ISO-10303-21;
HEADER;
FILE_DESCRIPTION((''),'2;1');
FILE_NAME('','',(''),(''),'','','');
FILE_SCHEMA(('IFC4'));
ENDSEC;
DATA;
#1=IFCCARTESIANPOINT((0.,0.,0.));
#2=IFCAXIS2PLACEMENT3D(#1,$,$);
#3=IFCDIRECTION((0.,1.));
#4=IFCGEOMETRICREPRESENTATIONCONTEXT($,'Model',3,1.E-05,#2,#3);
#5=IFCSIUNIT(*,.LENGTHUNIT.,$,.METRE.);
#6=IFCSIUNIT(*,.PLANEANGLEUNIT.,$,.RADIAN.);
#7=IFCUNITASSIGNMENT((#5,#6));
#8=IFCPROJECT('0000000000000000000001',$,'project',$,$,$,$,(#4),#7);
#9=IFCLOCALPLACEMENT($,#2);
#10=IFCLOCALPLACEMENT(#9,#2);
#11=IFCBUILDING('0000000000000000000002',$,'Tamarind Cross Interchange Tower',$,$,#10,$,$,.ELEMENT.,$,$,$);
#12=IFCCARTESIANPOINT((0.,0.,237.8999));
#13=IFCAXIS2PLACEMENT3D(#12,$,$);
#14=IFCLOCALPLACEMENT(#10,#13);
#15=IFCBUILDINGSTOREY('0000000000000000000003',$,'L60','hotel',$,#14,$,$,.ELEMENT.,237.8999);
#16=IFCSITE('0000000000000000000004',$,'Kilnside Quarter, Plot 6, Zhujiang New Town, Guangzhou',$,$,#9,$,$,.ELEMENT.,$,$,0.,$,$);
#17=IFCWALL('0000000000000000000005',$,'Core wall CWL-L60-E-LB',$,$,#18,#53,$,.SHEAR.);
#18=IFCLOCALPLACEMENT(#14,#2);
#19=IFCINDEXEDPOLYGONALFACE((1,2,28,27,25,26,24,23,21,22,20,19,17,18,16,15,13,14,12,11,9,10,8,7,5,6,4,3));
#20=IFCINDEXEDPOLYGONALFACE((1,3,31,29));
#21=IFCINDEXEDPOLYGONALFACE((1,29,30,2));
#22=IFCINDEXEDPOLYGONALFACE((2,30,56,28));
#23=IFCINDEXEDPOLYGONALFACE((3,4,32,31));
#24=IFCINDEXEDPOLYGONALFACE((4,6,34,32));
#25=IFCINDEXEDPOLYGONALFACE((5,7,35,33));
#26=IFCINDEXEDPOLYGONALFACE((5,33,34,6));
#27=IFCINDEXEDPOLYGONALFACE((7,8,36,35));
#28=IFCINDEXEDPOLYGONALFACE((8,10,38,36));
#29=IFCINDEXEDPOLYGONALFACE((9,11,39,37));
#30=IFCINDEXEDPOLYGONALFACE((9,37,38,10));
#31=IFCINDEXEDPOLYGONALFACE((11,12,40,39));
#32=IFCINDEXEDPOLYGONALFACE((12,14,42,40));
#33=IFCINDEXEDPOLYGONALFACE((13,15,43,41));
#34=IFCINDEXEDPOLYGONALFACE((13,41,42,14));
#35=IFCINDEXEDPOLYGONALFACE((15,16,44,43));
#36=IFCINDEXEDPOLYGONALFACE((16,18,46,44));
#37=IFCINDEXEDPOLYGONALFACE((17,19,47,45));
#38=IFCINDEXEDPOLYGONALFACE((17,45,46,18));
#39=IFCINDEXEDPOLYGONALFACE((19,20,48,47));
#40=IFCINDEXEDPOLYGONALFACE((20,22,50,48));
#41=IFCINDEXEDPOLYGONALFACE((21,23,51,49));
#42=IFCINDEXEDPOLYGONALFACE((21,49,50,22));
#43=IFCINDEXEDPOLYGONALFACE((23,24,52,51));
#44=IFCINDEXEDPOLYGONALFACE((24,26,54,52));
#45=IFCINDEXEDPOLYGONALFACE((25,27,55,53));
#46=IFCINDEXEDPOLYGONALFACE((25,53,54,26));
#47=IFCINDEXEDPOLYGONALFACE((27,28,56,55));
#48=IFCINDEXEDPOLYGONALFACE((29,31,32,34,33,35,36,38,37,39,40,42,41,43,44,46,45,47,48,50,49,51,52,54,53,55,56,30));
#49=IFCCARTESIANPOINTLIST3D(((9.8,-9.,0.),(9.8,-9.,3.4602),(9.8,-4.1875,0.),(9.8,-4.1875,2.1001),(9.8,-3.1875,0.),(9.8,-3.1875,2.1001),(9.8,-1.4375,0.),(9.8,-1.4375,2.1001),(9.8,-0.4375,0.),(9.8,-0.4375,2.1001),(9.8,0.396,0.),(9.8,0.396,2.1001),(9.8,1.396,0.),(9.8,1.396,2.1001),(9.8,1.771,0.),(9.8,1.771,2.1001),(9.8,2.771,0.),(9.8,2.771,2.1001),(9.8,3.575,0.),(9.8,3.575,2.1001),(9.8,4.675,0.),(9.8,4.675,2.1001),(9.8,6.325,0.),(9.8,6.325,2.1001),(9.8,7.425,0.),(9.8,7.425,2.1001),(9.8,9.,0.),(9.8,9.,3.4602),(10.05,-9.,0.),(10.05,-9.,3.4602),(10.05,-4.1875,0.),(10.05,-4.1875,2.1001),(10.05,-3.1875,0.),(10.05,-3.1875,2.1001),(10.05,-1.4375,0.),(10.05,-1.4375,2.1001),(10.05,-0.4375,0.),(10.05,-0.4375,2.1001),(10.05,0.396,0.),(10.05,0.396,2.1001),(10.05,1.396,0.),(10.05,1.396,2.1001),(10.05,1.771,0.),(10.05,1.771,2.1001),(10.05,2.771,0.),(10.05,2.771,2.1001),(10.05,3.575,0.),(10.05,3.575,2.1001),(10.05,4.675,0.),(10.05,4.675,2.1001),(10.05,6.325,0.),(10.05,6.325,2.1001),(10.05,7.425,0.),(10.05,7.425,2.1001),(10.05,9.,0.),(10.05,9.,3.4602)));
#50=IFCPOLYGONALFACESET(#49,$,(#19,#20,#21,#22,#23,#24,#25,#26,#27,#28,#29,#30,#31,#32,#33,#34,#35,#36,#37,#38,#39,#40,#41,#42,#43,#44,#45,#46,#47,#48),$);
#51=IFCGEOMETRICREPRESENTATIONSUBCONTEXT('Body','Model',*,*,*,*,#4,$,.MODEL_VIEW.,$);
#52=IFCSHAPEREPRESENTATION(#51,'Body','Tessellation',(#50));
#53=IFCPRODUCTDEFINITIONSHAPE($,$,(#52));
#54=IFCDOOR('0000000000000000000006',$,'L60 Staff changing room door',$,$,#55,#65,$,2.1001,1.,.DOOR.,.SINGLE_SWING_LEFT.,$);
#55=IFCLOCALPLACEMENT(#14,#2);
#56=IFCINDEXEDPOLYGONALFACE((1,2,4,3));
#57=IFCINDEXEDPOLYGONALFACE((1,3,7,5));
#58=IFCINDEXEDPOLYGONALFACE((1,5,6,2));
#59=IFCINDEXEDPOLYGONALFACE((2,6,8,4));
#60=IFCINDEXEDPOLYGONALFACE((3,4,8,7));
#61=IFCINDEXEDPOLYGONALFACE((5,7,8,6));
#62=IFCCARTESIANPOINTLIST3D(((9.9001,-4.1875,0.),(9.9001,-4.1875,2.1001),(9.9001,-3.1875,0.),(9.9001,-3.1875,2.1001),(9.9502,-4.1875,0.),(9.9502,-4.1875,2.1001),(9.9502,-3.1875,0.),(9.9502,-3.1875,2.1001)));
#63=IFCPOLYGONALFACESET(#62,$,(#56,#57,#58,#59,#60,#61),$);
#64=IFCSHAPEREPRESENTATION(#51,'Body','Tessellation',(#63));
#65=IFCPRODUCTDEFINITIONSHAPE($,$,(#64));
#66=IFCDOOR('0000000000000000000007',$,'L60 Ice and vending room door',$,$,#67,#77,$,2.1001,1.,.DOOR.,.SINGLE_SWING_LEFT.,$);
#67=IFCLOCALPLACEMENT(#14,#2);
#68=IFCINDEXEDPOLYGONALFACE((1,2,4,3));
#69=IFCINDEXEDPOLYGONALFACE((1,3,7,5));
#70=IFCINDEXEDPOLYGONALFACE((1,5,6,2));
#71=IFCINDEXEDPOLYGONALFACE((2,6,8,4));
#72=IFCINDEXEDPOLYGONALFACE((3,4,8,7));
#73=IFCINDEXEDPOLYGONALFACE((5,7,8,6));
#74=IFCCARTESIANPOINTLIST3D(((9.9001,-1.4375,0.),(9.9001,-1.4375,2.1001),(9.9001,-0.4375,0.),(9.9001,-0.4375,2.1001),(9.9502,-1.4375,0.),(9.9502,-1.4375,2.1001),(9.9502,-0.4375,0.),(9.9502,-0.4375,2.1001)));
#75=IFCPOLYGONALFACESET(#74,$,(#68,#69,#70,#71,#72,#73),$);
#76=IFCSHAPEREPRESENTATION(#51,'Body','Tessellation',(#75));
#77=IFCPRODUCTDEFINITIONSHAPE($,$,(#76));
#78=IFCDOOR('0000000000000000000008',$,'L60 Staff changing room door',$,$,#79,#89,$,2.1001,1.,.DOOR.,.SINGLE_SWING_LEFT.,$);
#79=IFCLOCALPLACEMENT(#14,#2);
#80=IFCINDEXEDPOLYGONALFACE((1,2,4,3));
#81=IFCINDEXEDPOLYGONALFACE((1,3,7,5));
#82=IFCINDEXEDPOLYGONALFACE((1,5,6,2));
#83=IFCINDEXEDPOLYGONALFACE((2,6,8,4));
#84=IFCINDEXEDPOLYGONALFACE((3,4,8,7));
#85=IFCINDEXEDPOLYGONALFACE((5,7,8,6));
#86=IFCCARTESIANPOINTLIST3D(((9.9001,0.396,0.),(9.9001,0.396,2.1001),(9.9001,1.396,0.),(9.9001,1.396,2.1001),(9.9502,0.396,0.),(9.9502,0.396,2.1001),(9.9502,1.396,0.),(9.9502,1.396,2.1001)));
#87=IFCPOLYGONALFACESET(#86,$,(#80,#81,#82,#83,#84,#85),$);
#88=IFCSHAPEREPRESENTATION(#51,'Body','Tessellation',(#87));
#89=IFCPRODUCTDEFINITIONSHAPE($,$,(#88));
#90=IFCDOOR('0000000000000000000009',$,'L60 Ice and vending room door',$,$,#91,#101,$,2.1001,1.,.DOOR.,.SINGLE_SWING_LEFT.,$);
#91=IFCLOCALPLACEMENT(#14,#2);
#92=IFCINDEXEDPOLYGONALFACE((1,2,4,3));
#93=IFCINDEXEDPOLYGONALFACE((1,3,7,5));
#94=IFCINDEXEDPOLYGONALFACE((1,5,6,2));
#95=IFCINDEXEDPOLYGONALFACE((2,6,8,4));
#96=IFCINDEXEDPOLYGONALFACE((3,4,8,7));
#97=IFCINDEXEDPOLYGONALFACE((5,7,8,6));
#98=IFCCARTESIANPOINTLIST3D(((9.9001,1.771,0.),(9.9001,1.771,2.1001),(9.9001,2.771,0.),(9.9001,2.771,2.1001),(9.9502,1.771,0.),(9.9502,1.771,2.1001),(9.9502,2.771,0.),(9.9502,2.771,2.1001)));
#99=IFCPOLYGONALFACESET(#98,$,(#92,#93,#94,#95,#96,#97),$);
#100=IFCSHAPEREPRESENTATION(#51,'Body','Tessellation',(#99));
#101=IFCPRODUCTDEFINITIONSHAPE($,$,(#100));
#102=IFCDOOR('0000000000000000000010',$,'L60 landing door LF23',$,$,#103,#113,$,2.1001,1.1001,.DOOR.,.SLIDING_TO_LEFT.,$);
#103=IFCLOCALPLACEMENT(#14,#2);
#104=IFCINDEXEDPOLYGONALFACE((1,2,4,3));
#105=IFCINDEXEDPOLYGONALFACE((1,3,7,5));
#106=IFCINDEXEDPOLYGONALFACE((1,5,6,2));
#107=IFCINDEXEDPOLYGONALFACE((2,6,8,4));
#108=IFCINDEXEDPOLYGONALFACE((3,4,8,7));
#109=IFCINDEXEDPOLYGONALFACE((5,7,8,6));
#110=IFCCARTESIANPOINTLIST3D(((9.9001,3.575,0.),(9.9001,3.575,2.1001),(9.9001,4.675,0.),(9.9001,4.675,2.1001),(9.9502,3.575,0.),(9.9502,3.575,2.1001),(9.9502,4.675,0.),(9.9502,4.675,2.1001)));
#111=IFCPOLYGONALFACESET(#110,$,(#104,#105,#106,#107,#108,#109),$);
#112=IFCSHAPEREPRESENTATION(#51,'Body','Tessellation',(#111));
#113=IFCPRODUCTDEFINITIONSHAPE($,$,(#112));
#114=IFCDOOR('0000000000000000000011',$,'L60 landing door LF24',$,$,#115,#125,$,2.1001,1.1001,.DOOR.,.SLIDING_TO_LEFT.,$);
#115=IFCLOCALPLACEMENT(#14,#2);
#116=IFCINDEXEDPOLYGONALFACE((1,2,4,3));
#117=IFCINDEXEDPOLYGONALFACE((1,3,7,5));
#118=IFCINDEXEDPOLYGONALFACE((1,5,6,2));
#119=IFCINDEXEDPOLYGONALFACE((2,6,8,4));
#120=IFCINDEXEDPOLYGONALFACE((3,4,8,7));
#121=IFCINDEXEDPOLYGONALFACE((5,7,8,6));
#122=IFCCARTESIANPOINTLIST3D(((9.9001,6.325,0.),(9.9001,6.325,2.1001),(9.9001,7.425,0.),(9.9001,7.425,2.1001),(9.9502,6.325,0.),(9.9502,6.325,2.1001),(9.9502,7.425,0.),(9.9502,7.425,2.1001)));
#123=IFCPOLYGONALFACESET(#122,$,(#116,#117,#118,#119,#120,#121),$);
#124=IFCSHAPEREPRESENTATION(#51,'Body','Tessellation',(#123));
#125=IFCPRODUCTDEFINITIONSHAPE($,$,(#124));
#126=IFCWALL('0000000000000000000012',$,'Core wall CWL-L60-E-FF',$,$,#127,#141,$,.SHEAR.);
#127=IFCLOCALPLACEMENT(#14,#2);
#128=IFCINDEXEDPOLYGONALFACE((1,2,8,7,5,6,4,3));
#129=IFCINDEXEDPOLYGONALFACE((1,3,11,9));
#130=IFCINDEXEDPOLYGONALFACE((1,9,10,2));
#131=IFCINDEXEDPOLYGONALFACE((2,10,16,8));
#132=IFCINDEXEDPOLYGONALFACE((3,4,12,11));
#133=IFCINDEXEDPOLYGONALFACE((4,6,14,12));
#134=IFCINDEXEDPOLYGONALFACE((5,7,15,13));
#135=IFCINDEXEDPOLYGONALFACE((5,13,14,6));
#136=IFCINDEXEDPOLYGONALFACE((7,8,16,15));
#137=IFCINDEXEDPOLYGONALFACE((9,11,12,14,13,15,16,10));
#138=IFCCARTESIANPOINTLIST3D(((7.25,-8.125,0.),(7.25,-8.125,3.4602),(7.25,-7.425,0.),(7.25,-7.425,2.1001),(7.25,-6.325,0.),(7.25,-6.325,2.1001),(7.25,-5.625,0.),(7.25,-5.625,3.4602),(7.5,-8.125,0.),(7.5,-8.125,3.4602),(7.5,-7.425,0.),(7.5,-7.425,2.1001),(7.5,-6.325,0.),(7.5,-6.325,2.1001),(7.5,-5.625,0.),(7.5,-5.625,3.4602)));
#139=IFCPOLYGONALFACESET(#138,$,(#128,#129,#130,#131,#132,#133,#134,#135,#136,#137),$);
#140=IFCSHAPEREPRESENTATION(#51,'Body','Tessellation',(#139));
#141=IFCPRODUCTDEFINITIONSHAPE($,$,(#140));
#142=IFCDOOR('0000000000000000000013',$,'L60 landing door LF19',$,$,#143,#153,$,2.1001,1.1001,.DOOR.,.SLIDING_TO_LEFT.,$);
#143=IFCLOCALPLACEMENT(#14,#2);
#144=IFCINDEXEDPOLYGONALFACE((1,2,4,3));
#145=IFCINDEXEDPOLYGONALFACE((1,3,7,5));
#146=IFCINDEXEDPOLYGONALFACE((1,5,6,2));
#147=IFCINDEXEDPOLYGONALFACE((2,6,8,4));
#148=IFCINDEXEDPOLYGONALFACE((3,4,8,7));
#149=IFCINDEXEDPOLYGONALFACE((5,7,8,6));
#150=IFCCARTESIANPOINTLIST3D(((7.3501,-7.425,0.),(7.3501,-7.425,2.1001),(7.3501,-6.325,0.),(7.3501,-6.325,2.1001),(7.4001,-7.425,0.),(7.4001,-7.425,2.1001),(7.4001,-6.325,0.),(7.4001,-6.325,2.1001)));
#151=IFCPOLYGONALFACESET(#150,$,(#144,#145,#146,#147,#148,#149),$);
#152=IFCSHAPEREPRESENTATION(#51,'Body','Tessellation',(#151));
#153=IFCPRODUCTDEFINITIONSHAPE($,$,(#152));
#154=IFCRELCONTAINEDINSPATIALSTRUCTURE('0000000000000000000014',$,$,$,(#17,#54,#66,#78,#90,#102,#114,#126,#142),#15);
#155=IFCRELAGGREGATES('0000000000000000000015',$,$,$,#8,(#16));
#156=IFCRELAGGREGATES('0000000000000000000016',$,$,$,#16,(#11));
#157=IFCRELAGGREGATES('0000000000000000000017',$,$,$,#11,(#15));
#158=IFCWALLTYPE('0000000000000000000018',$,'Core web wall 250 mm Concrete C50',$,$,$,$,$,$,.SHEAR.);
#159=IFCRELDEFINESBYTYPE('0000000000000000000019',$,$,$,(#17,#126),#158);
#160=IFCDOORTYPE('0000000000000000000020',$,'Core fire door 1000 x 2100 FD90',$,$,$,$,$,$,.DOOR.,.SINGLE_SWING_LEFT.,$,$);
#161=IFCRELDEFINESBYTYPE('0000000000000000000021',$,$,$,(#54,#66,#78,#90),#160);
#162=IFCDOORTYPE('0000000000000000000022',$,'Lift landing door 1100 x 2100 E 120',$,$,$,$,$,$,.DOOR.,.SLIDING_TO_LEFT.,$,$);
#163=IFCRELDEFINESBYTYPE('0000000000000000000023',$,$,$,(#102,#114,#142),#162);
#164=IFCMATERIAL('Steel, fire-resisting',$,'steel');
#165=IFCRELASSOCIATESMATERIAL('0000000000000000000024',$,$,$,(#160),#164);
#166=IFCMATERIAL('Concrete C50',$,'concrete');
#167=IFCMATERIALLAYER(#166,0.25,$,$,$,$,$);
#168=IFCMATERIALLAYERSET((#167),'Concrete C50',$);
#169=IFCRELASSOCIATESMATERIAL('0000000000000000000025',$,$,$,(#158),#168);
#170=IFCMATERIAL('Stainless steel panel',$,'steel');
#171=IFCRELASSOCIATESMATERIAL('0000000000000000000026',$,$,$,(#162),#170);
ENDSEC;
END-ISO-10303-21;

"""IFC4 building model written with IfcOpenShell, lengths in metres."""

from ifc_helpers import new_model, si_unit, direction, frame, frame_2d, origin, place, context, subcontext, project, spatial, rectangle, extrude, material, layer, layer_set, type_object, element, fill, save


model = new_model("IFC4")

# Units and contexts
model_context = context("Model", 3, precision=1e-05, world=origin(), true_north=direction((0.0, 1.0)))
body_context = subcontext(model_context, "Body", "Model", "MODEL_VIEW")
ifc_project = project(units=[si_unit("LENGTHUNIT", "METRE"), si_unit("PLANEANGLEUNIT", "RADIAN")], contexts=[model_context])

# Site, building, storey
site_placement = place(None, origin())
site = spatial("IfcSite", under=ifc_project, at=site_placement, Name="Kilnside Quarter, Plot 6, Zhujiang New Town, Guangzhou", CompositionType="ELEMENT", RefElevation=0.0)
building_placement = place(site_placement, origin())
building = spatial("IfcBuilding", under=site, at=building_placement, Name="Tamarind Cross Interchange Tower", CompositionType="ELEMENT")
storey_placement = place(building_placement, frame((0.0, 0.0, 237.8999)))
storey = spatial("IfcBuildingStorey", under=building, at=storey_placement, Name="L60", Description="hotel", CompositionType="ELEMENT", Elevation=237.8999)

# Shared definitions
ifc_material_1 = material(Name="Concrete C50", Category="concrete")
ifc_material_2 = material(Name="Steel, fire-resisting", Category="steel")
door_type_1 = type_object("IfcDoorType", Name="Core fire door 1000 x 2100 FD90", OperationType="SINGLE_SWING_LEFT", PredefinedType="DOOR", material=ifc_material_2)

# Shared definitions
ifc_layer_1 = layer(ifc_material_1, 0.25)
ifc_layer_set_1 = layer_set([ifc_layer_1], Name="Concrete C50")
wall_type_1 = type_object("IfcWallType", Name="Core web wall 250 mm Concrete C50", PredefinedType="SHEAR", material=ifc_layer_set_1)

# Wall, openings, doors
wall_1_placement = place(storey_placement, frame((9.925, -9.0, 0.0), z_axis=(0.0, 0.0, 1.0), x_axis=(0.0, 1.0, 0.0)))
wall_1 = element("IfcWall", 1, at=wall_1_placement, inside=storey, type_object=wall_type_1, Name="Core wall CWL-L60-E-LB", PredefinedType="SHEAR", context=body_context, shape_type="SweptSolid", body=[
    extrude(rectangle(XDim=18.0, YDim=0.25, at=frame_2d((9.0, 0.0))), origin(), (0.0, 0.0, 1.0), 3.4602),
])
opening_1_placement = place(wall_1_placement, frame((12.575, 0.0, 0.0)))
opening_1 = element("IfcOpeningElement", 2, at=opening_1_placement, cuts=wall_1, PredefinedType="OPENING", context=body_context, shape_type="SweptSolid", body=[
    extrude(rectangle(XDim=1.1001, YDim=2.1001, at=frame_2d((0.55, 1.05))), frame((0.0, 0.135, 0.0), z_axis=(0.0, -1.0, 0.0), x_axis=(1.0, 0.0, 0.0)), (0.0, 0.0, 1.0), 0.27),
])
opening_2_placement = place(wall_1_placement, frame((15.325, 0.0, 0.0)))
opening_2 = element("IfcOpeningElement", 3, at=opening_2_placement, cuts=wall_1, PredefinedType="OPENING", context=body_context, shape_type="SweptSolid", body=[
    extrude(rectangle(XDim=1.1001, YDim=2.1001, at=frame_2d((0.55, 1.05))), frame((0.0, 0.135, 0.0), z_axis=(0.0, -1.0, 0.0), x_axis=(1.0, 0.0, 0.0)), (0.0, 0.0, 1.0), 0.27),
])
opening_3_placement = place(wall_1_placement, frame((4.8125, 0.0, 0.0)))
opening_3 = element("IfcOpeningElement", 4, at=opening_3_placement, cuts=wall_1, PredefinedType="OPENING", context=body_context, shape_type="SweptSolid", body=[
    extrude(rectangle(XDim=1.0, YDim=2.1001, at=frame_2d((0.5, 1.05))), frame((0.0, 0.135, 0.0), z_axis=(0.0, -1.0, 0.0), x_axis=(1.0, 0.0, 0.0)), (0.0, 0.0, 1.0), 0.27),
])
opening_4_placement = place(wall_1_placement, frame((7.5625, 0.0, 0.0)))
opening_4 = element("IfcOpeningElement", 5, at=opening_4_placement, cuts=wall_1, PredefinedType="OPENING", context=body_context, shape_type="SweptSolid", body=[
    extrude(rectangle(XDim=1.0, YDim=2.1001, at=frame_2d((0.5, 1.05))), frame((0.0, 0.135, 0.0), z_axis=(0.0, -1.0, 0.0), x_axis=(1.0, 0.0, 0.0)), (0.0, 0.0, 1.0), 0.27),
])
opening_5_placement = place(wall_1_placement, frame((9.396, 0.0, 0.0)))
opening_5 = element("IfcOpeningElement", 6, at=opening_5_placement, cuts=wall_1, PredefinedType="OPENING", context=body_context, shape_type="SweptSolid", body=[
    extrude(rectangle(XDim=1.0, YDim=2.1001, at=frame_2d((0.5, 1.05))), frame((0.0, 0.135, 0.0), z_axis=(0.0, -1.0, 0.0), x_axis=(1.0, 0.0, 0.0)), (0.0, 0.0, 1.0), 0.27),
])
opening_6_placement = place(wall_1_placement, frame((10.771, 0.0, 0.0)))
opening_6 = element("IfcOpeningElement", 7, at=opening_6_placement, cuts=wall_1, PredefinedType="OPENING", context=body_context, shape_type="SweptSolid", body=[
    extrude(rectangle(XDim=1.0, YDim=2.1001, at=frame_2d((0.5, 1.05))), frame((0.0, 0.135, 0.0), z_axis=(0.0, -1.0, 0.0), x_axis=(1.0, 0.0, 0.0)), (0.0, 0.0, 1.0), 0.27),
])
door_1_placement = place(opening_3_placement, origin())
door_1 = element("IfcDoor", 8, at=door_1_placement, inside=storey, type_object=door_type_1, Name="L60 Staff changing room door", OperationType="SINGLE_SWING_LEFT", OverallHeight=2.1001, OverallWidth=1.0, PredefinedType="DOOR", context=body_context, shape_type="SweptSolid", body=[
    extrude(rectangle(XDim=1.0, YDim=2.1001, at=frame_2d((0.5, 1.05))), frame((0.0, 0.0249, 0.0), z_axis=(0.0, -1.0, 0.0), x_axis=(1.0, 0.0, 0.0)), (0.0, 0.0, 1.0), 0.05),
])
fill(opening_3, door_1)
door_2_placement = place(opening_4_placement, origin())
door_2 = element("IfcDoor", 9, at=door_2_placement, inside=storey, type_object=door_type_1, Name="L60 Ice and vending room door", OperationType="SINGLE_SWING_LEFT", OverallHeight=2.1001, OverallWidth=1.0, PredefinedType="DOOR", context=body_context, shape_type="SweptSolid", body=[
    extrude(rectangle(XDim=1.0, YDim=2.1001, at=frame_2d((0.5, 1.05))), frame((0.0, 0.0249, 0.0), z_axis=(0.0, -1.0, 0.0), x_axis=(1.0, 0.0, 0.0)), (0.0, 0.0, 1.0), 0.05),
])
fill(opening_4, door_2)
door_3_placement = place(opening_5_placement, origin())
door_3 = element("IfcDoor", 10, at=door_3_placement, inside=storey, type_object=door_type_1, Name="L60 Staff changing room door", OperationType="SINGLE_SWING_LEFT", OverallHeight=2.1001, OverallWidth=1.0, PredefinedType="DOOR", context=body_context, shape_type="SweptSolid", body=[
    extrude(rectangle(XDim=1.0, YDim=2.1001, at=frame_2d((0.5, 1.05))), frame((0.0, 0.0249, 0.0), z_axis=(0.0, -1.0, 0.0), x_axis=(1.0, 0.0, 0.0)), (0.0, 0.0, 1.0), 0.05),
])
fill(opening_5, door_3)
door_4_placement = place(opening_6_placement, origin())
door_4 = element("IfcDoor", 11, at=door_4_placement, inside=storey, type_object=door_type_1, Name="L60 Ice and vending room door", OperationType="SINGLE_SWING_LEFT", OverallHeight=2.1001, OverallWidth=1.0, PredefinedType="DOOR", context=body_context, shape_type="SweptSolid", body=[
    extrude(rectangle(XDim=1.0, YDim=2.1001, at=frame_2d((0.5, 1.05))), frame((0.0, 0.0249, 0.0), z_axis=(0.0, -1.0, 0.0), x_axis=(1.0, 0.0, 0.0)), (0.0, 0.0, 1.0), 0.05),
])
fill(opening_6, door_4)
ifc_material_3 = material(Name="Stainless steel panel", Category="steel")
door_type_2 = type_object("IfcDoorType", Name="Lift landing door 1100 x 2100 E 120", OperationType="SLIDING_TO_LEFT", PredefinedType="DOOR", material=ifc_material_3)
door_5_placement = place(opening_1_placement, origin())
door_5 = element("IfcDoor", 12, at=door_5_placement, inside=storey, type_object=door_type_2, Name="L60 landing door LF23", OperationType="SLIDING_TO_LEFT", OverallHeight=2.1001, OverallWidth=1.1001, PredefinedType="DOOR", context=body_context, shape_type="SweptSolid", body=[
    extrude(rectangle(XDim=1.1001, YDim=2.1001, at=frame_2d((0.55, 1.05))), frame((0.0, 0.0249, 0.0), z_axis=(0.0, -1.0, 0.0), x_axis=(1.0, 0.0, 0.0)), (0.0, 0.0, 1.0), 0.05),
])
fill(opening_1, door_5)
door_6_placement = place(opening_2_placement, origin())
door_6 = element("IfcDoor", 13, at=door_6_placement, inside=storey, type_object=door_type_2, Name="L60 landing door LF24", OperationType="SLIDING_TO_LEFT", OverallHeight=2.1001, OverallWidth=1.1001, PredefinedType="DOOR", context=body_context, shape_type="SweptSolid", body=[
    extrude(rectangle(XDim=1.1001, YDim=2.1001, at=frame_2d((0.55, 1.05))), frame((0.0, 0.0249, 0.0), z_axis=(0.0, -1.0, 0.0), x_axis=(1.0, 0.0, 0.0)), (0.0, 0.0, 1.0), 0.05),
])
fill(opening_2, door_6)

# Wall, opening, door
wall_2_placement = place(storey_placement, frame((7.375, -8.125, 0.0), z_axis=(0.0, 0.0, 1.0), x_axis=(0.0, 1.0, 0.0)))
wall_2 = element("IfcWall", 14, at=wall_2_placement, inside=storey, type_object=wall_type_1, Name="Core wall CWL-L60-E-FF", PredefinedType="SHEAR", context=body_context, shape_type="SweptSolid", body=[
    extrude(rectangle(XDim=2.5, YDim=0.25, at=frame_2d((1.25, 0.0))), origin(), (0.0, 0.0, 1.0), 3.4602),
])
opening_7_placement = place(wall_2_placement, frame((0.7, 0.0, 0.0)))
opening_7 = element("IfcOpeningElement", 15, at=opening_7_placement, cuts=wall_2, PredefinedType="OPENING", context=body_context, shape_type="SweptSolid", body=[
    extrude(rectangle(XDim=1.1001, YDim=2.1001, at=frame_2d((0.55, 1.05))), frame((0.0, 0.135, 0.0), z_axis=(0.0, -1.0, 0.0), x_axis=(1.0, 0.0, 0.0)), (0.0, 0.0, 1.0), 0.27),
])
door_7_placement = place(opening_7_placement, origin())
door_7 = element("IfcDoor", 16, at=door_7_placement, inside=storey, type_object=door_type_2, Name="L60 landing door LF19", OperationType="SLIDING_TO_LEFT", OverallHeight=2.1001, OverallWidth=1.1001, PredefinedType="DOOR", context=body_context, shape_type="SweptSolid", body=[
    extrude(rectangle(XDim=1.1001, YDim=2.1001, at=frame_2d((0.55, 1.05))), frame((0.0, 0.0249, 0.0), z_axis=(0.0, -1.0, 0.0), x_axis=(1.0, 0.0, 0.0)), (0.0, 0.0, 1.0), 0.05),
])
fill(opening_7, door_7)

save(model, "model.ifc")
